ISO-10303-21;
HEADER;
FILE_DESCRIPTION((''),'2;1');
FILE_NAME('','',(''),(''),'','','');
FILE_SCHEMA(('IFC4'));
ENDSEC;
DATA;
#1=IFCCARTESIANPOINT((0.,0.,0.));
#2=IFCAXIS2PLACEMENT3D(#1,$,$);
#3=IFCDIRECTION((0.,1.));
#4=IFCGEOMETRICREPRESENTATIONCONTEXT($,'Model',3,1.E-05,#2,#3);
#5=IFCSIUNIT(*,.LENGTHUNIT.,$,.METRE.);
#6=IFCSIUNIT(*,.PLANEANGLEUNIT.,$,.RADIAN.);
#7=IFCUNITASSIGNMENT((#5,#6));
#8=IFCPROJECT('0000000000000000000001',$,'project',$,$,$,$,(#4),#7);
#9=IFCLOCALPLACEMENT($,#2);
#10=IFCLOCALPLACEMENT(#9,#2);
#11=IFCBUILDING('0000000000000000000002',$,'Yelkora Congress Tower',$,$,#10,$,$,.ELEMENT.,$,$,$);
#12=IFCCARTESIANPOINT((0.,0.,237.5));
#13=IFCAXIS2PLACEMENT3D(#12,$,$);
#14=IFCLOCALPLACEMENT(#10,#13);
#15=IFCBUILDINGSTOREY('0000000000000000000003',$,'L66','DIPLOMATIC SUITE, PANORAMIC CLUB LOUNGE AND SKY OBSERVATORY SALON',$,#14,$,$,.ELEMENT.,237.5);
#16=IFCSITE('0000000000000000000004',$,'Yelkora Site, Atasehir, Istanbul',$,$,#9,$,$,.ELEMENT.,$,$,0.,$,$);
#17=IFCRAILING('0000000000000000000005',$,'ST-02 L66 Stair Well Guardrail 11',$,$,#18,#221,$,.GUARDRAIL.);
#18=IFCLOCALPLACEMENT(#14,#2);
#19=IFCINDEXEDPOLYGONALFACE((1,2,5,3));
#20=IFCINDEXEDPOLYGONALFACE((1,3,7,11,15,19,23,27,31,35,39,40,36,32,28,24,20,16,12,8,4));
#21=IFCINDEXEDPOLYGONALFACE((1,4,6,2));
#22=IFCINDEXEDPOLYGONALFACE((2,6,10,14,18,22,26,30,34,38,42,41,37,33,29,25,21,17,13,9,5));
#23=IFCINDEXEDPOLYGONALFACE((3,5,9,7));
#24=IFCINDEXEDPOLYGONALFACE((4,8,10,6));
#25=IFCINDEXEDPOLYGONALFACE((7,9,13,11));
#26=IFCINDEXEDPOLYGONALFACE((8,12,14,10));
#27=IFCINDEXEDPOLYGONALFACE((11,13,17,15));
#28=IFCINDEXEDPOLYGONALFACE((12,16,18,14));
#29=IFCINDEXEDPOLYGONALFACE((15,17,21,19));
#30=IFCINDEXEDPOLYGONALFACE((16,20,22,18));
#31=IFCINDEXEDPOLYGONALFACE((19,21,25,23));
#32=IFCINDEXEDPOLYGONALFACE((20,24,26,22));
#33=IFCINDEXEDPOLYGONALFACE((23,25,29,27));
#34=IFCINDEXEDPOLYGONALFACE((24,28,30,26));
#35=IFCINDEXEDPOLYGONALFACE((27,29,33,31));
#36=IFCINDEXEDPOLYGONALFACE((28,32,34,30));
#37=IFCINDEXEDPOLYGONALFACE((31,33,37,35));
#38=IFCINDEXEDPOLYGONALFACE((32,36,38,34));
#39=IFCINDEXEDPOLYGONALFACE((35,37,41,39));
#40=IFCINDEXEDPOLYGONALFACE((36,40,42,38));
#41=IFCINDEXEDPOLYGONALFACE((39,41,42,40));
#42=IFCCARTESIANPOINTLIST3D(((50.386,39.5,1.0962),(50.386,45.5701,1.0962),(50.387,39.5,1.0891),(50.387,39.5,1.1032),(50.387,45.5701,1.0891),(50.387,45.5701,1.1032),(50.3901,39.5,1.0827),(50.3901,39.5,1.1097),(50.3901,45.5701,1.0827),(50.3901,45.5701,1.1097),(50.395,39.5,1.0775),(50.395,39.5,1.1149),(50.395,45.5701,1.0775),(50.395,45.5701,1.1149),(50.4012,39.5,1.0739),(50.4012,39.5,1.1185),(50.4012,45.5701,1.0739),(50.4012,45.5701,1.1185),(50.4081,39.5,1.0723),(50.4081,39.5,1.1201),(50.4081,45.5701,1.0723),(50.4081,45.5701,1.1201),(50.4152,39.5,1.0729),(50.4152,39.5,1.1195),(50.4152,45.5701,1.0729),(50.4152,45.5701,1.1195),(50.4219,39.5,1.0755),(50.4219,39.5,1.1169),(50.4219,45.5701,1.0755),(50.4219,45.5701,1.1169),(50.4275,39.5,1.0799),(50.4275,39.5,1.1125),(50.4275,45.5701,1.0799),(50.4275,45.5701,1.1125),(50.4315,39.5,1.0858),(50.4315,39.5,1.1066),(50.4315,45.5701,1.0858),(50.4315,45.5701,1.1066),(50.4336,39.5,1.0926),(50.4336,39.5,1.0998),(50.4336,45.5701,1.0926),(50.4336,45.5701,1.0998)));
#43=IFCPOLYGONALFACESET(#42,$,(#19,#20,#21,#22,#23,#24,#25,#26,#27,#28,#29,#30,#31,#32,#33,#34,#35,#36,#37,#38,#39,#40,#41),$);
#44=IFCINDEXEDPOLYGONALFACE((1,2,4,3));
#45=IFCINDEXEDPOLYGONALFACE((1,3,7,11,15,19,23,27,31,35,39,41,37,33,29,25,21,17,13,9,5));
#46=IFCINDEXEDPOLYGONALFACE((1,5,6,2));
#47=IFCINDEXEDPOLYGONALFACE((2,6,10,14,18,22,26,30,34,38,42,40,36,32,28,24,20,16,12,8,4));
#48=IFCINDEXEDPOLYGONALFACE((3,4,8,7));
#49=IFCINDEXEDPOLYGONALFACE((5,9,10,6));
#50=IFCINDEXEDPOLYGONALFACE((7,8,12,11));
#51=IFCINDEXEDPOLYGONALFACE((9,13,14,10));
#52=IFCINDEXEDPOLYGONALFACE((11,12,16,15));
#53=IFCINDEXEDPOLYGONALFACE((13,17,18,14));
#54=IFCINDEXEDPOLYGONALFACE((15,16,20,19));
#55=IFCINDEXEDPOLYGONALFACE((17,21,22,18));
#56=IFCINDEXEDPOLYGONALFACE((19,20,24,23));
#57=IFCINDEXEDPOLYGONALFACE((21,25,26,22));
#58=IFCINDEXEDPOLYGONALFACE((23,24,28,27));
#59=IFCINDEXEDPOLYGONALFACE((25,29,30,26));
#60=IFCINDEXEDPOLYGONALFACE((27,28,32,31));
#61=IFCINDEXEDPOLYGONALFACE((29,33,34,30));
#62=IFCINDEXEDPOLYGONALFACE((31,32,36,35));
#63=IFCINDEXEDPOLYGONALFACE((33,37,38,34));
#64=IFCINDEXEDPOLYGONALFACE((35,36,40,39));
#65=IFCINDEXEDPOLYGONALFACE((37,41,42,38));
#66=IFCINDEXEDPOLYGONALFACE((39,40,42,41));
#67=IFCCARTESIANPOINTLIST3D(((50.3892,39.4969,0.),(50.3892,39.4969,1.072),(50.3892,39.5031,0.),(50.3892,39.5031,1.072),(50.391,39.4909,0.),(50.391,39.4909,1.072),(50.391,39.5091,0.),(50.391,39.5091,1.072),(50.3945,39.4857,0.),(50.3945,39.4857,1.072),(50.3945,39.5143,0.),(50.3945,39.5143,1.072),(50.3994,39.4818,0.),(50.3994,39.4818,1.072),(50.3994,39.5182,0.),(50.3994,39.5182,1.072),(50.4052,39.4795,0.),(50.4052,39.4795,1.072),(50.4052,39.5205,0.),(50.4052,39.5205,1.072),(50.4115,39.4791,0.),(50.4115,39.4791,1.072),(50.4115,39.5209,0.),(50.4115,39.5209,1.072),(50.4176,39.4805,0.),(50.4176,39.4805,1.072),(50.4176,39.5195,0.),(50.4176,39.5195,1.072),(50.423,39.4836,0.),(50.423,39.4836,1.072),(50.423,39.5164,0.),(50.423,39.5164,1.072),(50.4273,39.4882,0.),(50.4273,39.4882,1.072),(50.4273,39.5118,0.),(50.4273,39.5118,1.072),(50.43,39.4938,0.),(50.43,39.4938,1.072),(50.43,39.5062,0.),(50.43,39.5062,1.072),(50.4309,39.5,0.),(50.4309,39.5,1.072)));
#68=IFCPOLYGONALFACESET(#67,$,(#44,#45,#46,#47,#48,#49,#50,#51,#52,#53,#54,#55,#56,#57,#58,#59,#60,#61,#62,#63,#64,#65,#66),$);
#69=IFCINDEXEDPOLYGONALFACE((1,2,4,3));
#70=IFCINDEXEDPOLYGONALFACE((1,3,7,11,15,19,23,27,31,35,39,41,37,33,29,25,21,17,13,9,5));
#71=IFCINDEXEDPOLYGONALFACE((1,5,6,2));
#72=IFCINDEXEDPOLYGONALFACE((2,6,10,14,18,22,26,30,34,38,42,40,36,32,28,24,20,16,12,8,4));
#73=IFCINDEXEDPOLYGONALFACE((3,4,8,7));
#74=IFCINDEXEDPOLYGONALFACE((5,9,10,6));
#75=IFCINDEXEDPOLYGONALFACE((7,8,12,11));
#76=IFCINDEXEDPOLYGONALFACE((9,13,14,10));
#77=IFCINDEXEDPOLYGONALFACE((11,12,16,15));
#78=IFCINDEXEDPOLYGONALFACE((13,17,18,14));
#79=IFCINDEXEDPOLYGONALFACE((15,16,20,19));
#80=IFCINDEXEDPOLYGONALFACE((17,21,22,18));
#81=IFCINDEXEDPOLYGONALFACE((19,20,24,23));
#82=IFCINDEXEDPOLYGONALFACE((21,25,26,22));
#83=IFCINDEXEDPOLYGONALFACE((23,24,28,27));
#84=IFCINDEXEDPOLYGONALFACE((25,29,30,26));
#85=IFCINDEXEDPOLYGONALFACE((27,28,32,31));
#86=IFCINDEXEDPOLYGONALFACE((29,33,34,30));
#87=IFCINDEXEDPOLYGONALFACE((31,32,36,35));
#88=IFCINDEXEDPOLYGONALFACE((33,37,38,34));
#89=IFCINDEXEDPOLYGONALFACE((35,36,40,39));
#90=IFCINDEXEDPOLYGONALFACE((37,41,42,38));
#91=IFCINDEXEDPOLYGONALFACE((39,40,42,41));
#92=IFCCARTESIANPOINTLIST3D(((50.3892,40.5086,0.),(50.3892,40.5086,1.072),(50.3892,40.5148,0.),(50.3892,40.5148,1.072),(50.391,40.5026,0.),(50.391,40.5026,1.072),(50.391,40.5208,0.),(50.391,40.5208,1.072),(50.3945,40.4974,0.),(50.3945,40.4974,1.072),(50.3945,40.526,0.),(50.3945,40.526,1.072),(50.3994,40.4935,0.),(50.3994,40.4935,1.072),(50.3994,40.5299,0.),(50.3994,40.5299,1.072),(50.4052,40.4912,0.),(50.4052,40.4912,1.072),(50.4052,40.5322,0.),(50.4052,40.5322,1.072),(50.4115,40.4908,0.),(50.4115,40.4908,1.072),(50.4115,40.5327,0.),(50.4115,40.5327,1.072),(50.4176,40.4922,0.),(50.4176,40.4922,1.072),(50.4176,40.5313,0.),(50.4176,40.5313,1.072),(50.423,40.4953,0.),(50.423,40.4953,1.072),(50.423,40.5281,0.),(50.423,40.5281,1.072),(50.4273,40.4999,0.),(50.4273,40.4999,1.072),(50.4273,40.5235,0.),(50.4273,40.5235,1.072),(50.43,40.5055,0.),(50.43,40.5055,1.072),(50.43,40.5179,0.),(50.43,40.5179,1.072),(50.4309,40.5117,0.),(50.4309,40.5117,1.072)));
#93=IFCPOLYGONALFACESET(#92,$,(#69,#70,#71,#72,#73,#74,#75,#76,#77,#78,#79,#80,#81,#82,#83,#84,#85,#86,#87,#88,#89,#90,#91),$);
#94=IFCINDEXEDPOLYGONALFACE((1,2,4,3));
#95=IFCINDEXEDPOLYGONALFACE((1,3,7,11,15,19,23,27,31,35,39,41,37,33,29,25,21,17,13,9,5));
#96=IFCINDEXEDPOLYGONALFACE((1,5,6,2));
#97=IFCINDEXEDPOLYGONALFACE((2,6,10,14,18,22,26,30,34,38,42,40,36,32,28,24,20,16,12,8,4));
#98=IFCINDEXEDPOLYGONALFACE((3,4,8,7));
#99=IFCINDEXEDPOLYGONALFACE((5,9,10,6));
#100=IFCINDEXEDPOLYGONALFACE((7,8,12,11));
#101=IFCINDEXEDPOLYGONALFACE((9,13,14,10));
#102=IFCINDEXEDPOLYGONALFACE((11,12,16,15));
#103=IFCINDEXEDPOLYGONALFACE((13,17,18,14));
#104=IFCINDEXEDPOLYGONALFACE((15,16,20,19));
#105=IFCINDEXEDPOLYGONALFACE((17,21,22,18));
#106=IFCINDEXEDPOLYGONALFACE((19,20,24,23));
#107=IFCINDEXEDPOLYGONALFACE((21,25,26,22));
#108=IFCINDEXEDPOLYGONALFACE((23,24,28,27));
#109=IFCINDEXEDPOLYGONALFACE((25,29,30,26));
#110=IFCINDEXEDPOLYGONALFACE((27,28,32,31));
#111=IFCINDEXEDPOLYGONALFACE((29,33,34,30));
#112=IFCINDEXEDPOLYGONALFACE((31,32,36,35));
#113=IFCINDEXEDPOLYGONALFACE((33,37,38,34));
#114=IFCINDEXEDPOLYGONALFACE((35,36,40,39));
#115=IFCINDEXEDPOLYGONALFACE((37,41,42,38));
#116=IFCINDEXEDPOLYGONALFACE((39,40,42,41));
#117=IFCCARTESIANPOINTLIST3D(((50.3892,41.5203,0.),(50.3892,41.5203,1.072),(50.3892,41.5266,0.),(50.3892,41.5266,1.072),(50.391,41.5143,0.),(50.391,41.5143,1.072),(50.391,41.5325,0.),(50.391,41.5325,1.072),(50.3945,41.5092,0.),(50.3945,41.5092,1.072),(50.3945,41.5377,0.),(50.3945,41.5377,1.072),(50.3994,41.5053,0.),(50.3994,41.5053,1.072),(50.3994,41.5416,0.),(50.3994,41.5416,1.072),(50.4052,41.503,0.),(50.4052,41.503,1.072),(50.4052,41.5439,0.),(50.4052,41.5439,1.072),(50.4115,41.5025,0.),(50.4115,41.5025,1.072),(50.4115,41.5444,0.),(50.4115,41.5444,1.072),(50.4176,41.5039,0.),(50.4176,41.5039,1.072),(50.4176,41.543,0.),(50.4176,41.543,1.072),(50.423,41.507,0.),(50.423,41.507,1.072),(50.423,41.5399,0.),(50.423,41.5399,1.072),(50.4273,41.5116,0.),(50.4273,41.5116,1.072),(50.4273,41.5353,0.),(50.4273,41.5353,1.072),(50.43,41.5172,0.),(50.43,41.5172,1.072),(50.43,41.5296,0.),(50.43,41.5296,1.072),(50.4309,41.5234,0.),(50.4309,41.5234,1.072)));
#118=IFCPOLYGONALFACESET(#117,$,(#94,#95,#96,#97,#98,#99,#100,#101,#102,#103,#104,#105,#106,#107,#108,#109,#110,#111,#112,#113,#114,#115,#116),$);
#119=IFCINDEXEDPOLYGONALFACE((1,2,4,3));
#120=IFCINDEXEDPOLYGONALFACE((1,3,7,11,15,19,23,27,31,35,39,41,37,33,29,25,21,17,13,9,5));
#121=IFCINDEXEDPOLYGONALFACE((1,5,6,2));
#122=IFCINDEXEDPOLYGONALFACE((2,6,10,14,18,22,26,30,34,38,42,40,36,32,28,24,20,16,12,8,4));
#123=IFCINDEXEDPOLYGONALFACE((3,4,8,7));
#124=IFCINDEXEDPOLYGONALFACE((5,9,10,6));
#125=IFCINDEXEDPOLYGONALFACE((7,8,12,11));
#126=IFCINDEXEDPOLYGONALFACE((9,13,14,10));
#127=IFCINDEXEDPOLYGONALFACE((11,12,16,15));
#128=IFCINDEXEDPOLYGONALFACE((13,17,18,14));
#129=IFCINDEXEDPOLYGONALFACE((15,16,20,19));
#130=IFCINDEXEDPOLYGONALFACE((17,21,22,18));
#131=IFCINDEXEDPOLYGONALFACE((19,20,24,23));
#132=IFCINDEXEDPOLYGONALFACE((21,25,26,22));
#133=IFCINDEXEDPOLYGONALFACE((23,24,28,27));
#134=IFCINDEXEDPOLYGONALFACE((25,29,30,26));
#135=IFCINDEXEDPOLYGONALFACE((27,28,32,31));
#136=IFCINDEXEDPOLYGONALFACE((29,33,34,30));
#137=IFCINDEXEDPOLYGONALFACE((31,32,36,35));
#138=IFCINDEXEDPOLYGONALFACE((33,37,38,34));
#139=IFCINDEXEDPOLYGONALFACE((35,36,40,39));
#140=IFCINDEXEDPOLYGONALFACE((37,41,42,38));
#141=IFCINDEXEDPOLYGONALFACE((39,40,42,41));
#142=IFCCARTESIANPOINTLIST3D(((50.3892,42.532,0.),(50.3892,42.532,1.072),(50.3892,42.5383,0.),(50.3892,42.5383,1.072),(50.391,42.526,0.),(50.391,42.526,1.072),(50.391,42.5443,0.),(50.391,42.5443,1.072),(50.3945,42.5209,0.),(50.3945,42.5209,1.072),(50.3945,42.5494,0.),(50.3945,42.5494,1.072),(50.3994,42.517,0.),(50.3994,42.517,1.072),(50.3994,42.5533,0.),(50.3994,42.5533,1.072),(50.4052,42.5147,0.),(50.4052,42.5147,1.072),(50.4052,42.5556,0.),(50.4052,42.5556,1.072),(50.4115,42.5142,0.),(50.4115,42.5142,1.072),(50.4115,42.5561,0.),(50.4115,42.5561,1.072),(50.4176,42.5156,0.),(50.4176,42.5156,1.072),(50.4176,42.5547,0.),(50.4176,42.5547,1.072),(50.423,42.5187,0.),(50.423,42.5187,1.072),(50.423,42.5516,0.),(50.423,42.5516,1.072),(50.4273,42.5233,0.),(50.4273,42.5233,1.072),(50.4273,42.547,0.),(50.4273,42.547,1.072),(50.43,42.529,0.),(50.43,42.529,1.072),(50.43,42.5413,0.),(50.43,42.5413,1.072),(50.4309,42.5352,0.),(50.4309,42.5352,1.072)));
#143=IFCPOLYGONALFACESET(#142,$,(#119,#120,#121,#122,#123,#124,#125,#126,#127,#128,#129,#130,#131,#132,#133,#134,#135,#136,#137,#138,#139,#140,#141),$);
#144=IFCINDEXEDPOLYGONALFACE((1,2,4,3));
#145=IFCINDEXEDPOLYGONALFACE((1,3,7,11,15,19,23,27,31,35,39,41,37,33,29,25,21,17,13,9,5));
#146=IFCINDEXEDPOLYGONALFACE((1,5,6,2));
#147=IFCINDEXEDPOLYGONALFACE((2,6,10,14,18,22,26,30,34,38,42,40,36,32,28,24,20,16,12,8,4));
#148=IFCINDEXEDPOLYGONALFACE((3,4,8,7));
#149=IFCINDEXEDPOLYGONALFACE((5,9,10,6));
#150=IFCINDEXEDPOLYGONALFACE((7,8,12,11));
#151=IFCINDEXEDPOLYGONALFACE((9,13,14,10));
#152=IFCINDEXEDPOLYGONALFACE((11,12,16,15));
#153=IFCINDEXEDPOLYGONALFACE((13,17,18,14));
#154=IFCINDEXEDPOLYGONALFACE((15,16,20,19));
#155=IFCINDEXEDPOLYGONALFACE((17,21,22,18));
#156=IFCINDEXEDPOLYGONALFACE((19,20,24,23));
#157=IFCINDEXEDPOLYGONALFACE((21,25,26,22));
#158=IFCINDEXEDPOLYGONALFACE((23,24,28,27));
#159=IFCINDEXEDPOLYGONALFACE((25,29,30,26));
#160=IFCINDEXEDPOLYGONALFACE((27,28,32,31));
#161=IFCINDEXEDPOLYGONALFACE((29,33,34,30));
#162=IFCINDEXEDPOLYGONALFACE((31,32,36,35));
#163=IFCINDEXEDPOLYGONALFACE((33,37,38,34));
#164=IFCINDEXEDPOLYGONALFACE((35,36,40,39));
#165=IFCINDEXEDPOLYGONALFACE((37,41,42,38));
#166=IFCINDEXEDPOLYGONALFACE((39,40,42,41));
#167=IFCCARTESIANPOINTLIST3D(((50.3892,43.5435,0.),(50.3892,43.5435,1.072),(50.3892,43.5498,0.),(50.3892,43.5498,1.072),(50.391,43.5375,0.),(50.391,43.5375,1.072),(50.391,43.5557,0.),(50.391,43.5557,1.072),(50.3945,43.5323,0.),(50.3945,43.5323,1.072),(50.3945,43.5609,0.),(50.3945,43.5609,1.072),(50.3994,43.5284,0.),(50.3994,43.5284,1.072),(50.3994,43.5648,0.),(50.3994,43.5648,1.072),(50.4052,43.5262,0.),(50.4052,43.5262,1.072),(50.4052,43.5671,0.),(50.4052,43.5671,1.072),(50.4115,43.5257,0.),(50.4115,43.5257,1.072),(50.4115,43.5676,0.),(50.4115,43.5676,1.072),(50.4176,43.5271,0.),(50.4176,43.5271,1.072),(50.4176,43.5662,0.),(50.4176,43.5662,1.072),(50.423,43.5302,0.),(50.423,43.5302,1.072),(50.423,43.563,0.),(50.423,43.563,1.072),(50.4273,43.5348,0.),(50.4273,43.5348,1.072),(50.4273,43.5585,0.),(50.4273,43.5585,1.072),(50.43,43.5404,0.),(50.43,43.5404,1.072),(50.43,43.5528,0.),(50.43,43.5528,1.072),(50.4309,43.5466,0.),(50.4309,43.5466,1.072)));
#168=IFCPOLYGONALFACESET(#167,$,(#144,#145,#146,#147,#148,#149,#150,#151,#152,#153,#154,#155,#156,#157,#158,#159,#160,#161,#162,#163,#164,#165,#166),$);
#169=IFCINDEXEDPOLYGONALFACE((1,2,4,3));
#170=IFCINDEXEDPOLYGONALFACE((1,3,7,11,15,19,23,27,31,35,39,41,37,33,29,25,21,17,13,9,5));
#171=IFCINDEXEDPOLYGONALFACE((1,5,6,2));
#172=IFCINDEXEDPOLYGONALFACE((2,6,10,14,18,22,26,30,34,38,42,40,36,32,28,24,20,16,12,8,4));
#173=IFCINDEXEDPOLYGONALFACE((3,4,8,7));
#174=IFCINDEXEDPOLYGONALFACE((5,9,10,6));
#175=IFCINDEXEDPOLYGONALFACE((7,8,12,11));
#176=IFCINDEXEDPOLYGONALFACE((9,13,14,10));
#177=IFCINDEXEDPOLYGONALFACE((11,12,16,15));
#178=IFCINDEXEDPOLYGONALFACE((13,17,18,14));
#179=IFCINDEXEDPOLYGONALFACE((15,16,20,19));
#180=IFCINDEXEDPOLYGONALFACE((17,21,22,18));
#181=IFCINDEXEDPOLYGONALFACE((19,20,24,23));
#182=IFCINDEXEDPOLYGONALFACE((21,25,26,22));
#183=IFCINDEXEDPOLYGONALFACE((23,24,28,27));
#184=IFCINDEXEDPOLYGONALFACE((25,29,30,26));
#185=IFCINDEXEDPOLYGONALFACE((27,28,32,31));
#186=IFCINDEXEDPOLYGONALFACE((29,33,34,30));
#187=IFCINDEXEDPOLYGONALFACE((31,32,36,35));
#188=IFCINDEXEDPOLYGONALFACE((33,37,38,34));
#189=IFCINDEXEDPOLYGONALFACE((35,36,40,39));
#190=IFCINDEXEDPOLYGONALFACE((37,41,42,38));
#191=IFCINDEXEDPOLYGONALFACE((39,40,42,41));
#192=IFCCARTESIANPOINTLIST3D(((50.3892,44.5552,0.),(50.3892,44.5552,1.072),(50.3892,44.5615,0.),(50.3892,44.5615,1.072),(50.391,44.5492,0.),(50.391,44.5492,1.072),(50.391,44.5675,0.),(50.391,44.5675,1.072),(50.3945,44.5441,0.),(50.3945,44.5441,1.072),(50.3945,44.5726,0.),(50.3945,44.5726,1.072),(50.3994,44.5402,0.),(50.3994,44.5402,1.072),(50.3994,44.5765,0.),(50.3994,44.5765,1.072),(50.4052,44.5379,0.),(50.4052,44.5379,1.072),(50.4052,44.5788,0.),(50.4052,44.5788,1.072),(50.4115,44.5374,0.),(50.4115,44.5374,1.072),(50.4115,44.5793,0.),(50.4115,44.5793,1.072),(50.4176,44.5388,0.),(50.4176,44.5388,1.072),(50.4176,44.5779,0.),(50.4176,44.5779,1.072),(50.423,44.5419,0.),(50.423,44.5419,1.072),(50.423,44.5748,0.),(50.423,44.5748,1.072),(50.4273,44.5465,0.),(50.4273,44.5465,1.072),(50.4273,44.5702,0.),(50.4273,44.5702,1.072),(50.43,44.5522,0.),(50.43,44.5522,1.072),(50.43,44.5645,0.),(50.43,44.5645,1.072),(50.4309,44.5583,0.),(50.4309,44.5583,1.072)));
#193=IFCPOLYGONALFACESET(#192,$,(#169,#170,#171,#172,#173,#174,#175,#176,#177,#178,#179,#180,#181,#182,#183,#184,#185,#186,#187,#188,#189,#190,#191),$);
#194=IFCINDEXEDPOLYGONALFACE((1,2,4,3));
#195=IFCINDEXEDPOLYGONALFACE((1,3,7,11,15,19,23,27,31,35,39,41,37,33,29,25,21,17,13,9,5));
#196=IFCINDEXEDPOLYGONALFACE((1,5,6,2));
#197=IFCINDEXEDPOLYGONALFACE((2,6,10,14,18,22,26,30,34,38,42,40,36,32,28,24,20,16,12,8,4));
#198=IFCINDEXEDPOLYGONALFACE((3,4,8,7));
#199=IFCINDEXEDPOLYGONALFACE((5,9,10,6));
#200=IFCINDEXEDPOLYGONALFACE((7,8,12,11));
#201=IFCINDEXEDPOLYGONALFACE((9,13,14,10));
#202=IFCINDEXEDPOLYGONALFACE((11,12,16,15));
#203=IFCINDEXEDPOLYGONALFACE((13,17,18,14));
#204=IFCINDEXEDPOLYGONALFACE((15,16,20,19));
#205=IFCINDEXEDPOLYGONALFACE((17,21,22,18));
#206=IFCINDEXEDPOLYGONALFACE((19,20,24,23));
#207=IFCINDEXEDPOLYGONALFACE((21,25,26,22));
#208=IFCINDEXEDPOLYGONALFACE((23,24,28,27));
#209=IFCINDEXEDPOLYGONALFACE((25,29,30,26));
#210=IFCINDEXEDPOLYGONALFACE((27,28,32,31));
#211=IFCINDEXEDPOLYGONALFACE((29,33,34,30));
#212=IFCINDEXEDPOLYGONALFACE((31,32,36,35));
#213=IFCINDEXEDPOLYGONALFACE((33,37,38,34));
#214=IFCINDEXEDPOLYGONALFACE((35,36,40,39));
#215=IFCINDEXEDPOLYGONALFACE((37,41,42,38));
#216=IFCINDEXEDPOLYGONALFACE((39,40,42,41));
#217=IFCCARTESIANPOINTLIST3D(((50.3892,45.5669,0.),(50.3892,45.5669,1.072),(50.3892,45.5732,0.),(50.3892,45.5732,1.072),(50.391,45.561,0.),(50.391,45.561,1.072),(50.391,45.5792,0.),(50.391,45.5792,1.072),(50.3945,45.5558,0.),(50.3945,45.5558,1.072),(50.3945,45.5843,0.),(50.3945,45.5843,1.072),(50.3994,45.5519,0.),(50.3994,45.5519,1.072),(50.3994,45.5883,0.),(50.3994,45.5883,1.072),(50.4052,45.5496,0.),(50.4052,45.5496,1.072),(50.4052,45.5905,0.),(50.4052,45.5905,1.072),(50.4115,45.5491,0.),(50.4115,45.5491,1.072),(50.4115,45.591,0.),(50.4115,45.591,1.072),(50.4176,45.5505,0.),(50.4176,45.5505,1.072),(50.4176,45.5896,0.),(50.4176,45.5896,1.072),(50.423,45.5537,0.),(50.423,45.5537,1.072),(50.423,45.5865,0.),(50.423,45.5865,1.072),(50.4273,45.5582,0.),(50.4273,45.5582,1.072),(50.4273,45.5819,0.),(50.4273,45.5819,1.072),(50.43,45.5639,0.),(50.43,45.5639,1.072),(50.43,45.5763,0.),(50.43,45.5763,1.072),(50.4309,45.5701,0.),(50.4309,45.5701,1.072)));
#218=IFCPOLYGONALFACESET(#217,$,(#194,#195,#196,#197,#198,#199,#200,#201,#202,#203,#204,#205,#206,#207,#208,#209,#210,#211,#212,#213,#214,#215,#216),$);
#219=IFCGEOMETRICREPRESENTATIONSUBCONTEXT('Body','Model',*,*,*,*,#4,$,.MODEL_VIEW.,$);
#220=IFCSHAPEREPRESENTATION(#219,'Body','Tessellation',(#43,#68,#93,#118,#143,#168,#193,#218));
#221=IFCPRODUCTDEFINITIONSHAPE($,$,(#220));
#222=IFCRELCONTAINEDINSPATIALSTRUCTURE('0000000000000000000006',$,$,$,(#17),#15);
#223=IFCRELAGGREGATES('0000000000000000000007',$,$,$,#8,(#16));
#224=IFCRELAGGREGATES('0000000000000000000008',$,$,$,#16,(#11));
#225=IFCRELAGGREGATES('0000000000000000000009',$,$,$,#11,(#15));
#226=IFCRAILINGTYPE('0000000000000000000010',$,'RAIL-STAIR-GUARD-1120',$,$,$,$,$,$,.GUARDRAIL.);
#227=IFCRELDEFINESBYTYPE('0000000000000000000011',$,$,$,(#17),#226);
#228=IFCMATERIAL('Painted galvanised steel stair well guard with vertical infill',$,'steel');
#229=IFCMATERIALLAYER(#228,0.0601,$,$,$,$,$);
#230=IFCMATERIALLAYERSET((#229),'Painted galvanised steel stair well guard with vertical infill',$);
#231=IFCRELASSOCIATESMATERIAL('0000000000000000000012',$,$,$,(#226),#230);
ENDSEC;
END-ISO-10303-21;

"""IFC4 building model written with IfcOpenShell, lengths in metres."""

from ifc_helpers import new_model, si_unit, direction, frame, origin, origin_2d, place, context, subcontext, project, spatial, circle, extrude, material, layer, layer_set, type_object, element, save


model = new_model("IFC4")

# Units and contexts
model_context = context("Model", 3, precision=1e-05, world=origin(), true_north=direction((0.0, 1.0)))
body_context = subcontext(model_context, "Body", "Model", "MODEL_VIEW")
ifc_project = project(units=[si_unit("LENGTHUNIT", "METRE"), si_unit("PLANEANGLEUNIT", "RADIAN")], contexts=[model_context])

# Site, building, storey
site_placement = place(None, origin())
site = spatial("IfcSite", under=ifc_project, at=site_placement, Name="Yelkora Site, Atasehir, Istanbul", CompositionType="ELEMENT", RefElevation=0.0)
building_placement = place(site_placement, origin())
building = spatial("IfcBuilding", under=site, at=building_placement, Name="Yelkora Congress Tower", CompositionType="ELEMENT")
storey_placement = place(building_placement, frame((0.0, 0.0, 237.5)))
storey = spatial("IfcBuildingStorey", under=building, at=storey_placement, Name="L66", Description="DIPLOMATIC SUITE, PANORAMIC CLUB LOUNGE AND SKY OBSERVATORY SALON", CompositionType="ELEMENT", Elevation=237.5)

# Railing
ifc_material_1 = material(Name="Painted galvanised steel stair well guard with vertical infill", Category="steel")
ifc_layer_1 = layer(ifc_material_1, 0.0601)
ifc_layer_set_1 = layer_set([ifc_layer_1], Name="Painted galvanised steel stair well guard with vertical infill")
railing_type_1 = type_object("IfcRailingType", Name="RAIL-STAIR-GUARD-1120", PredefinedType="GUARDRAIL", material=ifc_layer_set_1)
railing_1_placement = place(storey_placement, frame((50.4099, 39.5, 0.0)))
element("IfcRailing", 1, at=railing_1_placement, inside=storey, type_object=railing_type_1, Name="ST-02 L66 Stair Well Guardrail 11", PredefinedType="GUARDRAIL", context=body_context, shape_type="SweptSolid", body=[
    extrude(circle(Radius=0.0239, at=origin_2d()), frame((0.0, 0.0, 1.0962), z_axis=(0.0, 1.0, 0.0), x_axis=(-1.0, 0.0, 0.0)), (0.0, 0.0, 1.0), 6.0701),
    extrude(circle(Radius=0.021, at=origin_2d()), origin(), (0.0, 0.0, 1.0), 1.072),
    extrude(circle(Radius=0.021, at=origin_2d()), frame((0.0, 1.0117, 0.0)), (0.0, 0.0, 1.0), 1.072),
    extrude(circle(Radius=0.021, at=origin_2d()), frame((0.0, 2.0234, 0.0)), (0.0, 0.0, 1.0), 1.072),
    extrude(circle(Radius=0.021, at=origin_2d()), frame((0.0, 3.0352, 0.0)), (0.0, 0.0, 1.0), 1.072),
    extrude(circle(Radius=0.021, at=origin_2d()), frame((0.0, 4.0466, 0.0)), (0.0, 0.0, 1.0), 1.072),
    extrude(circle(Radius=0.021, at=origin_2d()), frame((0.0, 5.0583, 0.0)), (0.0, 0.0, 1.0), 1.072),
    extrude(circle(Radius=0.021, at=origin_2d()), frame((0.0, 6.0701, 0.0)), (0.0, 0.0, 1.0), 1.072),
])

save(model, "model.ifc")
